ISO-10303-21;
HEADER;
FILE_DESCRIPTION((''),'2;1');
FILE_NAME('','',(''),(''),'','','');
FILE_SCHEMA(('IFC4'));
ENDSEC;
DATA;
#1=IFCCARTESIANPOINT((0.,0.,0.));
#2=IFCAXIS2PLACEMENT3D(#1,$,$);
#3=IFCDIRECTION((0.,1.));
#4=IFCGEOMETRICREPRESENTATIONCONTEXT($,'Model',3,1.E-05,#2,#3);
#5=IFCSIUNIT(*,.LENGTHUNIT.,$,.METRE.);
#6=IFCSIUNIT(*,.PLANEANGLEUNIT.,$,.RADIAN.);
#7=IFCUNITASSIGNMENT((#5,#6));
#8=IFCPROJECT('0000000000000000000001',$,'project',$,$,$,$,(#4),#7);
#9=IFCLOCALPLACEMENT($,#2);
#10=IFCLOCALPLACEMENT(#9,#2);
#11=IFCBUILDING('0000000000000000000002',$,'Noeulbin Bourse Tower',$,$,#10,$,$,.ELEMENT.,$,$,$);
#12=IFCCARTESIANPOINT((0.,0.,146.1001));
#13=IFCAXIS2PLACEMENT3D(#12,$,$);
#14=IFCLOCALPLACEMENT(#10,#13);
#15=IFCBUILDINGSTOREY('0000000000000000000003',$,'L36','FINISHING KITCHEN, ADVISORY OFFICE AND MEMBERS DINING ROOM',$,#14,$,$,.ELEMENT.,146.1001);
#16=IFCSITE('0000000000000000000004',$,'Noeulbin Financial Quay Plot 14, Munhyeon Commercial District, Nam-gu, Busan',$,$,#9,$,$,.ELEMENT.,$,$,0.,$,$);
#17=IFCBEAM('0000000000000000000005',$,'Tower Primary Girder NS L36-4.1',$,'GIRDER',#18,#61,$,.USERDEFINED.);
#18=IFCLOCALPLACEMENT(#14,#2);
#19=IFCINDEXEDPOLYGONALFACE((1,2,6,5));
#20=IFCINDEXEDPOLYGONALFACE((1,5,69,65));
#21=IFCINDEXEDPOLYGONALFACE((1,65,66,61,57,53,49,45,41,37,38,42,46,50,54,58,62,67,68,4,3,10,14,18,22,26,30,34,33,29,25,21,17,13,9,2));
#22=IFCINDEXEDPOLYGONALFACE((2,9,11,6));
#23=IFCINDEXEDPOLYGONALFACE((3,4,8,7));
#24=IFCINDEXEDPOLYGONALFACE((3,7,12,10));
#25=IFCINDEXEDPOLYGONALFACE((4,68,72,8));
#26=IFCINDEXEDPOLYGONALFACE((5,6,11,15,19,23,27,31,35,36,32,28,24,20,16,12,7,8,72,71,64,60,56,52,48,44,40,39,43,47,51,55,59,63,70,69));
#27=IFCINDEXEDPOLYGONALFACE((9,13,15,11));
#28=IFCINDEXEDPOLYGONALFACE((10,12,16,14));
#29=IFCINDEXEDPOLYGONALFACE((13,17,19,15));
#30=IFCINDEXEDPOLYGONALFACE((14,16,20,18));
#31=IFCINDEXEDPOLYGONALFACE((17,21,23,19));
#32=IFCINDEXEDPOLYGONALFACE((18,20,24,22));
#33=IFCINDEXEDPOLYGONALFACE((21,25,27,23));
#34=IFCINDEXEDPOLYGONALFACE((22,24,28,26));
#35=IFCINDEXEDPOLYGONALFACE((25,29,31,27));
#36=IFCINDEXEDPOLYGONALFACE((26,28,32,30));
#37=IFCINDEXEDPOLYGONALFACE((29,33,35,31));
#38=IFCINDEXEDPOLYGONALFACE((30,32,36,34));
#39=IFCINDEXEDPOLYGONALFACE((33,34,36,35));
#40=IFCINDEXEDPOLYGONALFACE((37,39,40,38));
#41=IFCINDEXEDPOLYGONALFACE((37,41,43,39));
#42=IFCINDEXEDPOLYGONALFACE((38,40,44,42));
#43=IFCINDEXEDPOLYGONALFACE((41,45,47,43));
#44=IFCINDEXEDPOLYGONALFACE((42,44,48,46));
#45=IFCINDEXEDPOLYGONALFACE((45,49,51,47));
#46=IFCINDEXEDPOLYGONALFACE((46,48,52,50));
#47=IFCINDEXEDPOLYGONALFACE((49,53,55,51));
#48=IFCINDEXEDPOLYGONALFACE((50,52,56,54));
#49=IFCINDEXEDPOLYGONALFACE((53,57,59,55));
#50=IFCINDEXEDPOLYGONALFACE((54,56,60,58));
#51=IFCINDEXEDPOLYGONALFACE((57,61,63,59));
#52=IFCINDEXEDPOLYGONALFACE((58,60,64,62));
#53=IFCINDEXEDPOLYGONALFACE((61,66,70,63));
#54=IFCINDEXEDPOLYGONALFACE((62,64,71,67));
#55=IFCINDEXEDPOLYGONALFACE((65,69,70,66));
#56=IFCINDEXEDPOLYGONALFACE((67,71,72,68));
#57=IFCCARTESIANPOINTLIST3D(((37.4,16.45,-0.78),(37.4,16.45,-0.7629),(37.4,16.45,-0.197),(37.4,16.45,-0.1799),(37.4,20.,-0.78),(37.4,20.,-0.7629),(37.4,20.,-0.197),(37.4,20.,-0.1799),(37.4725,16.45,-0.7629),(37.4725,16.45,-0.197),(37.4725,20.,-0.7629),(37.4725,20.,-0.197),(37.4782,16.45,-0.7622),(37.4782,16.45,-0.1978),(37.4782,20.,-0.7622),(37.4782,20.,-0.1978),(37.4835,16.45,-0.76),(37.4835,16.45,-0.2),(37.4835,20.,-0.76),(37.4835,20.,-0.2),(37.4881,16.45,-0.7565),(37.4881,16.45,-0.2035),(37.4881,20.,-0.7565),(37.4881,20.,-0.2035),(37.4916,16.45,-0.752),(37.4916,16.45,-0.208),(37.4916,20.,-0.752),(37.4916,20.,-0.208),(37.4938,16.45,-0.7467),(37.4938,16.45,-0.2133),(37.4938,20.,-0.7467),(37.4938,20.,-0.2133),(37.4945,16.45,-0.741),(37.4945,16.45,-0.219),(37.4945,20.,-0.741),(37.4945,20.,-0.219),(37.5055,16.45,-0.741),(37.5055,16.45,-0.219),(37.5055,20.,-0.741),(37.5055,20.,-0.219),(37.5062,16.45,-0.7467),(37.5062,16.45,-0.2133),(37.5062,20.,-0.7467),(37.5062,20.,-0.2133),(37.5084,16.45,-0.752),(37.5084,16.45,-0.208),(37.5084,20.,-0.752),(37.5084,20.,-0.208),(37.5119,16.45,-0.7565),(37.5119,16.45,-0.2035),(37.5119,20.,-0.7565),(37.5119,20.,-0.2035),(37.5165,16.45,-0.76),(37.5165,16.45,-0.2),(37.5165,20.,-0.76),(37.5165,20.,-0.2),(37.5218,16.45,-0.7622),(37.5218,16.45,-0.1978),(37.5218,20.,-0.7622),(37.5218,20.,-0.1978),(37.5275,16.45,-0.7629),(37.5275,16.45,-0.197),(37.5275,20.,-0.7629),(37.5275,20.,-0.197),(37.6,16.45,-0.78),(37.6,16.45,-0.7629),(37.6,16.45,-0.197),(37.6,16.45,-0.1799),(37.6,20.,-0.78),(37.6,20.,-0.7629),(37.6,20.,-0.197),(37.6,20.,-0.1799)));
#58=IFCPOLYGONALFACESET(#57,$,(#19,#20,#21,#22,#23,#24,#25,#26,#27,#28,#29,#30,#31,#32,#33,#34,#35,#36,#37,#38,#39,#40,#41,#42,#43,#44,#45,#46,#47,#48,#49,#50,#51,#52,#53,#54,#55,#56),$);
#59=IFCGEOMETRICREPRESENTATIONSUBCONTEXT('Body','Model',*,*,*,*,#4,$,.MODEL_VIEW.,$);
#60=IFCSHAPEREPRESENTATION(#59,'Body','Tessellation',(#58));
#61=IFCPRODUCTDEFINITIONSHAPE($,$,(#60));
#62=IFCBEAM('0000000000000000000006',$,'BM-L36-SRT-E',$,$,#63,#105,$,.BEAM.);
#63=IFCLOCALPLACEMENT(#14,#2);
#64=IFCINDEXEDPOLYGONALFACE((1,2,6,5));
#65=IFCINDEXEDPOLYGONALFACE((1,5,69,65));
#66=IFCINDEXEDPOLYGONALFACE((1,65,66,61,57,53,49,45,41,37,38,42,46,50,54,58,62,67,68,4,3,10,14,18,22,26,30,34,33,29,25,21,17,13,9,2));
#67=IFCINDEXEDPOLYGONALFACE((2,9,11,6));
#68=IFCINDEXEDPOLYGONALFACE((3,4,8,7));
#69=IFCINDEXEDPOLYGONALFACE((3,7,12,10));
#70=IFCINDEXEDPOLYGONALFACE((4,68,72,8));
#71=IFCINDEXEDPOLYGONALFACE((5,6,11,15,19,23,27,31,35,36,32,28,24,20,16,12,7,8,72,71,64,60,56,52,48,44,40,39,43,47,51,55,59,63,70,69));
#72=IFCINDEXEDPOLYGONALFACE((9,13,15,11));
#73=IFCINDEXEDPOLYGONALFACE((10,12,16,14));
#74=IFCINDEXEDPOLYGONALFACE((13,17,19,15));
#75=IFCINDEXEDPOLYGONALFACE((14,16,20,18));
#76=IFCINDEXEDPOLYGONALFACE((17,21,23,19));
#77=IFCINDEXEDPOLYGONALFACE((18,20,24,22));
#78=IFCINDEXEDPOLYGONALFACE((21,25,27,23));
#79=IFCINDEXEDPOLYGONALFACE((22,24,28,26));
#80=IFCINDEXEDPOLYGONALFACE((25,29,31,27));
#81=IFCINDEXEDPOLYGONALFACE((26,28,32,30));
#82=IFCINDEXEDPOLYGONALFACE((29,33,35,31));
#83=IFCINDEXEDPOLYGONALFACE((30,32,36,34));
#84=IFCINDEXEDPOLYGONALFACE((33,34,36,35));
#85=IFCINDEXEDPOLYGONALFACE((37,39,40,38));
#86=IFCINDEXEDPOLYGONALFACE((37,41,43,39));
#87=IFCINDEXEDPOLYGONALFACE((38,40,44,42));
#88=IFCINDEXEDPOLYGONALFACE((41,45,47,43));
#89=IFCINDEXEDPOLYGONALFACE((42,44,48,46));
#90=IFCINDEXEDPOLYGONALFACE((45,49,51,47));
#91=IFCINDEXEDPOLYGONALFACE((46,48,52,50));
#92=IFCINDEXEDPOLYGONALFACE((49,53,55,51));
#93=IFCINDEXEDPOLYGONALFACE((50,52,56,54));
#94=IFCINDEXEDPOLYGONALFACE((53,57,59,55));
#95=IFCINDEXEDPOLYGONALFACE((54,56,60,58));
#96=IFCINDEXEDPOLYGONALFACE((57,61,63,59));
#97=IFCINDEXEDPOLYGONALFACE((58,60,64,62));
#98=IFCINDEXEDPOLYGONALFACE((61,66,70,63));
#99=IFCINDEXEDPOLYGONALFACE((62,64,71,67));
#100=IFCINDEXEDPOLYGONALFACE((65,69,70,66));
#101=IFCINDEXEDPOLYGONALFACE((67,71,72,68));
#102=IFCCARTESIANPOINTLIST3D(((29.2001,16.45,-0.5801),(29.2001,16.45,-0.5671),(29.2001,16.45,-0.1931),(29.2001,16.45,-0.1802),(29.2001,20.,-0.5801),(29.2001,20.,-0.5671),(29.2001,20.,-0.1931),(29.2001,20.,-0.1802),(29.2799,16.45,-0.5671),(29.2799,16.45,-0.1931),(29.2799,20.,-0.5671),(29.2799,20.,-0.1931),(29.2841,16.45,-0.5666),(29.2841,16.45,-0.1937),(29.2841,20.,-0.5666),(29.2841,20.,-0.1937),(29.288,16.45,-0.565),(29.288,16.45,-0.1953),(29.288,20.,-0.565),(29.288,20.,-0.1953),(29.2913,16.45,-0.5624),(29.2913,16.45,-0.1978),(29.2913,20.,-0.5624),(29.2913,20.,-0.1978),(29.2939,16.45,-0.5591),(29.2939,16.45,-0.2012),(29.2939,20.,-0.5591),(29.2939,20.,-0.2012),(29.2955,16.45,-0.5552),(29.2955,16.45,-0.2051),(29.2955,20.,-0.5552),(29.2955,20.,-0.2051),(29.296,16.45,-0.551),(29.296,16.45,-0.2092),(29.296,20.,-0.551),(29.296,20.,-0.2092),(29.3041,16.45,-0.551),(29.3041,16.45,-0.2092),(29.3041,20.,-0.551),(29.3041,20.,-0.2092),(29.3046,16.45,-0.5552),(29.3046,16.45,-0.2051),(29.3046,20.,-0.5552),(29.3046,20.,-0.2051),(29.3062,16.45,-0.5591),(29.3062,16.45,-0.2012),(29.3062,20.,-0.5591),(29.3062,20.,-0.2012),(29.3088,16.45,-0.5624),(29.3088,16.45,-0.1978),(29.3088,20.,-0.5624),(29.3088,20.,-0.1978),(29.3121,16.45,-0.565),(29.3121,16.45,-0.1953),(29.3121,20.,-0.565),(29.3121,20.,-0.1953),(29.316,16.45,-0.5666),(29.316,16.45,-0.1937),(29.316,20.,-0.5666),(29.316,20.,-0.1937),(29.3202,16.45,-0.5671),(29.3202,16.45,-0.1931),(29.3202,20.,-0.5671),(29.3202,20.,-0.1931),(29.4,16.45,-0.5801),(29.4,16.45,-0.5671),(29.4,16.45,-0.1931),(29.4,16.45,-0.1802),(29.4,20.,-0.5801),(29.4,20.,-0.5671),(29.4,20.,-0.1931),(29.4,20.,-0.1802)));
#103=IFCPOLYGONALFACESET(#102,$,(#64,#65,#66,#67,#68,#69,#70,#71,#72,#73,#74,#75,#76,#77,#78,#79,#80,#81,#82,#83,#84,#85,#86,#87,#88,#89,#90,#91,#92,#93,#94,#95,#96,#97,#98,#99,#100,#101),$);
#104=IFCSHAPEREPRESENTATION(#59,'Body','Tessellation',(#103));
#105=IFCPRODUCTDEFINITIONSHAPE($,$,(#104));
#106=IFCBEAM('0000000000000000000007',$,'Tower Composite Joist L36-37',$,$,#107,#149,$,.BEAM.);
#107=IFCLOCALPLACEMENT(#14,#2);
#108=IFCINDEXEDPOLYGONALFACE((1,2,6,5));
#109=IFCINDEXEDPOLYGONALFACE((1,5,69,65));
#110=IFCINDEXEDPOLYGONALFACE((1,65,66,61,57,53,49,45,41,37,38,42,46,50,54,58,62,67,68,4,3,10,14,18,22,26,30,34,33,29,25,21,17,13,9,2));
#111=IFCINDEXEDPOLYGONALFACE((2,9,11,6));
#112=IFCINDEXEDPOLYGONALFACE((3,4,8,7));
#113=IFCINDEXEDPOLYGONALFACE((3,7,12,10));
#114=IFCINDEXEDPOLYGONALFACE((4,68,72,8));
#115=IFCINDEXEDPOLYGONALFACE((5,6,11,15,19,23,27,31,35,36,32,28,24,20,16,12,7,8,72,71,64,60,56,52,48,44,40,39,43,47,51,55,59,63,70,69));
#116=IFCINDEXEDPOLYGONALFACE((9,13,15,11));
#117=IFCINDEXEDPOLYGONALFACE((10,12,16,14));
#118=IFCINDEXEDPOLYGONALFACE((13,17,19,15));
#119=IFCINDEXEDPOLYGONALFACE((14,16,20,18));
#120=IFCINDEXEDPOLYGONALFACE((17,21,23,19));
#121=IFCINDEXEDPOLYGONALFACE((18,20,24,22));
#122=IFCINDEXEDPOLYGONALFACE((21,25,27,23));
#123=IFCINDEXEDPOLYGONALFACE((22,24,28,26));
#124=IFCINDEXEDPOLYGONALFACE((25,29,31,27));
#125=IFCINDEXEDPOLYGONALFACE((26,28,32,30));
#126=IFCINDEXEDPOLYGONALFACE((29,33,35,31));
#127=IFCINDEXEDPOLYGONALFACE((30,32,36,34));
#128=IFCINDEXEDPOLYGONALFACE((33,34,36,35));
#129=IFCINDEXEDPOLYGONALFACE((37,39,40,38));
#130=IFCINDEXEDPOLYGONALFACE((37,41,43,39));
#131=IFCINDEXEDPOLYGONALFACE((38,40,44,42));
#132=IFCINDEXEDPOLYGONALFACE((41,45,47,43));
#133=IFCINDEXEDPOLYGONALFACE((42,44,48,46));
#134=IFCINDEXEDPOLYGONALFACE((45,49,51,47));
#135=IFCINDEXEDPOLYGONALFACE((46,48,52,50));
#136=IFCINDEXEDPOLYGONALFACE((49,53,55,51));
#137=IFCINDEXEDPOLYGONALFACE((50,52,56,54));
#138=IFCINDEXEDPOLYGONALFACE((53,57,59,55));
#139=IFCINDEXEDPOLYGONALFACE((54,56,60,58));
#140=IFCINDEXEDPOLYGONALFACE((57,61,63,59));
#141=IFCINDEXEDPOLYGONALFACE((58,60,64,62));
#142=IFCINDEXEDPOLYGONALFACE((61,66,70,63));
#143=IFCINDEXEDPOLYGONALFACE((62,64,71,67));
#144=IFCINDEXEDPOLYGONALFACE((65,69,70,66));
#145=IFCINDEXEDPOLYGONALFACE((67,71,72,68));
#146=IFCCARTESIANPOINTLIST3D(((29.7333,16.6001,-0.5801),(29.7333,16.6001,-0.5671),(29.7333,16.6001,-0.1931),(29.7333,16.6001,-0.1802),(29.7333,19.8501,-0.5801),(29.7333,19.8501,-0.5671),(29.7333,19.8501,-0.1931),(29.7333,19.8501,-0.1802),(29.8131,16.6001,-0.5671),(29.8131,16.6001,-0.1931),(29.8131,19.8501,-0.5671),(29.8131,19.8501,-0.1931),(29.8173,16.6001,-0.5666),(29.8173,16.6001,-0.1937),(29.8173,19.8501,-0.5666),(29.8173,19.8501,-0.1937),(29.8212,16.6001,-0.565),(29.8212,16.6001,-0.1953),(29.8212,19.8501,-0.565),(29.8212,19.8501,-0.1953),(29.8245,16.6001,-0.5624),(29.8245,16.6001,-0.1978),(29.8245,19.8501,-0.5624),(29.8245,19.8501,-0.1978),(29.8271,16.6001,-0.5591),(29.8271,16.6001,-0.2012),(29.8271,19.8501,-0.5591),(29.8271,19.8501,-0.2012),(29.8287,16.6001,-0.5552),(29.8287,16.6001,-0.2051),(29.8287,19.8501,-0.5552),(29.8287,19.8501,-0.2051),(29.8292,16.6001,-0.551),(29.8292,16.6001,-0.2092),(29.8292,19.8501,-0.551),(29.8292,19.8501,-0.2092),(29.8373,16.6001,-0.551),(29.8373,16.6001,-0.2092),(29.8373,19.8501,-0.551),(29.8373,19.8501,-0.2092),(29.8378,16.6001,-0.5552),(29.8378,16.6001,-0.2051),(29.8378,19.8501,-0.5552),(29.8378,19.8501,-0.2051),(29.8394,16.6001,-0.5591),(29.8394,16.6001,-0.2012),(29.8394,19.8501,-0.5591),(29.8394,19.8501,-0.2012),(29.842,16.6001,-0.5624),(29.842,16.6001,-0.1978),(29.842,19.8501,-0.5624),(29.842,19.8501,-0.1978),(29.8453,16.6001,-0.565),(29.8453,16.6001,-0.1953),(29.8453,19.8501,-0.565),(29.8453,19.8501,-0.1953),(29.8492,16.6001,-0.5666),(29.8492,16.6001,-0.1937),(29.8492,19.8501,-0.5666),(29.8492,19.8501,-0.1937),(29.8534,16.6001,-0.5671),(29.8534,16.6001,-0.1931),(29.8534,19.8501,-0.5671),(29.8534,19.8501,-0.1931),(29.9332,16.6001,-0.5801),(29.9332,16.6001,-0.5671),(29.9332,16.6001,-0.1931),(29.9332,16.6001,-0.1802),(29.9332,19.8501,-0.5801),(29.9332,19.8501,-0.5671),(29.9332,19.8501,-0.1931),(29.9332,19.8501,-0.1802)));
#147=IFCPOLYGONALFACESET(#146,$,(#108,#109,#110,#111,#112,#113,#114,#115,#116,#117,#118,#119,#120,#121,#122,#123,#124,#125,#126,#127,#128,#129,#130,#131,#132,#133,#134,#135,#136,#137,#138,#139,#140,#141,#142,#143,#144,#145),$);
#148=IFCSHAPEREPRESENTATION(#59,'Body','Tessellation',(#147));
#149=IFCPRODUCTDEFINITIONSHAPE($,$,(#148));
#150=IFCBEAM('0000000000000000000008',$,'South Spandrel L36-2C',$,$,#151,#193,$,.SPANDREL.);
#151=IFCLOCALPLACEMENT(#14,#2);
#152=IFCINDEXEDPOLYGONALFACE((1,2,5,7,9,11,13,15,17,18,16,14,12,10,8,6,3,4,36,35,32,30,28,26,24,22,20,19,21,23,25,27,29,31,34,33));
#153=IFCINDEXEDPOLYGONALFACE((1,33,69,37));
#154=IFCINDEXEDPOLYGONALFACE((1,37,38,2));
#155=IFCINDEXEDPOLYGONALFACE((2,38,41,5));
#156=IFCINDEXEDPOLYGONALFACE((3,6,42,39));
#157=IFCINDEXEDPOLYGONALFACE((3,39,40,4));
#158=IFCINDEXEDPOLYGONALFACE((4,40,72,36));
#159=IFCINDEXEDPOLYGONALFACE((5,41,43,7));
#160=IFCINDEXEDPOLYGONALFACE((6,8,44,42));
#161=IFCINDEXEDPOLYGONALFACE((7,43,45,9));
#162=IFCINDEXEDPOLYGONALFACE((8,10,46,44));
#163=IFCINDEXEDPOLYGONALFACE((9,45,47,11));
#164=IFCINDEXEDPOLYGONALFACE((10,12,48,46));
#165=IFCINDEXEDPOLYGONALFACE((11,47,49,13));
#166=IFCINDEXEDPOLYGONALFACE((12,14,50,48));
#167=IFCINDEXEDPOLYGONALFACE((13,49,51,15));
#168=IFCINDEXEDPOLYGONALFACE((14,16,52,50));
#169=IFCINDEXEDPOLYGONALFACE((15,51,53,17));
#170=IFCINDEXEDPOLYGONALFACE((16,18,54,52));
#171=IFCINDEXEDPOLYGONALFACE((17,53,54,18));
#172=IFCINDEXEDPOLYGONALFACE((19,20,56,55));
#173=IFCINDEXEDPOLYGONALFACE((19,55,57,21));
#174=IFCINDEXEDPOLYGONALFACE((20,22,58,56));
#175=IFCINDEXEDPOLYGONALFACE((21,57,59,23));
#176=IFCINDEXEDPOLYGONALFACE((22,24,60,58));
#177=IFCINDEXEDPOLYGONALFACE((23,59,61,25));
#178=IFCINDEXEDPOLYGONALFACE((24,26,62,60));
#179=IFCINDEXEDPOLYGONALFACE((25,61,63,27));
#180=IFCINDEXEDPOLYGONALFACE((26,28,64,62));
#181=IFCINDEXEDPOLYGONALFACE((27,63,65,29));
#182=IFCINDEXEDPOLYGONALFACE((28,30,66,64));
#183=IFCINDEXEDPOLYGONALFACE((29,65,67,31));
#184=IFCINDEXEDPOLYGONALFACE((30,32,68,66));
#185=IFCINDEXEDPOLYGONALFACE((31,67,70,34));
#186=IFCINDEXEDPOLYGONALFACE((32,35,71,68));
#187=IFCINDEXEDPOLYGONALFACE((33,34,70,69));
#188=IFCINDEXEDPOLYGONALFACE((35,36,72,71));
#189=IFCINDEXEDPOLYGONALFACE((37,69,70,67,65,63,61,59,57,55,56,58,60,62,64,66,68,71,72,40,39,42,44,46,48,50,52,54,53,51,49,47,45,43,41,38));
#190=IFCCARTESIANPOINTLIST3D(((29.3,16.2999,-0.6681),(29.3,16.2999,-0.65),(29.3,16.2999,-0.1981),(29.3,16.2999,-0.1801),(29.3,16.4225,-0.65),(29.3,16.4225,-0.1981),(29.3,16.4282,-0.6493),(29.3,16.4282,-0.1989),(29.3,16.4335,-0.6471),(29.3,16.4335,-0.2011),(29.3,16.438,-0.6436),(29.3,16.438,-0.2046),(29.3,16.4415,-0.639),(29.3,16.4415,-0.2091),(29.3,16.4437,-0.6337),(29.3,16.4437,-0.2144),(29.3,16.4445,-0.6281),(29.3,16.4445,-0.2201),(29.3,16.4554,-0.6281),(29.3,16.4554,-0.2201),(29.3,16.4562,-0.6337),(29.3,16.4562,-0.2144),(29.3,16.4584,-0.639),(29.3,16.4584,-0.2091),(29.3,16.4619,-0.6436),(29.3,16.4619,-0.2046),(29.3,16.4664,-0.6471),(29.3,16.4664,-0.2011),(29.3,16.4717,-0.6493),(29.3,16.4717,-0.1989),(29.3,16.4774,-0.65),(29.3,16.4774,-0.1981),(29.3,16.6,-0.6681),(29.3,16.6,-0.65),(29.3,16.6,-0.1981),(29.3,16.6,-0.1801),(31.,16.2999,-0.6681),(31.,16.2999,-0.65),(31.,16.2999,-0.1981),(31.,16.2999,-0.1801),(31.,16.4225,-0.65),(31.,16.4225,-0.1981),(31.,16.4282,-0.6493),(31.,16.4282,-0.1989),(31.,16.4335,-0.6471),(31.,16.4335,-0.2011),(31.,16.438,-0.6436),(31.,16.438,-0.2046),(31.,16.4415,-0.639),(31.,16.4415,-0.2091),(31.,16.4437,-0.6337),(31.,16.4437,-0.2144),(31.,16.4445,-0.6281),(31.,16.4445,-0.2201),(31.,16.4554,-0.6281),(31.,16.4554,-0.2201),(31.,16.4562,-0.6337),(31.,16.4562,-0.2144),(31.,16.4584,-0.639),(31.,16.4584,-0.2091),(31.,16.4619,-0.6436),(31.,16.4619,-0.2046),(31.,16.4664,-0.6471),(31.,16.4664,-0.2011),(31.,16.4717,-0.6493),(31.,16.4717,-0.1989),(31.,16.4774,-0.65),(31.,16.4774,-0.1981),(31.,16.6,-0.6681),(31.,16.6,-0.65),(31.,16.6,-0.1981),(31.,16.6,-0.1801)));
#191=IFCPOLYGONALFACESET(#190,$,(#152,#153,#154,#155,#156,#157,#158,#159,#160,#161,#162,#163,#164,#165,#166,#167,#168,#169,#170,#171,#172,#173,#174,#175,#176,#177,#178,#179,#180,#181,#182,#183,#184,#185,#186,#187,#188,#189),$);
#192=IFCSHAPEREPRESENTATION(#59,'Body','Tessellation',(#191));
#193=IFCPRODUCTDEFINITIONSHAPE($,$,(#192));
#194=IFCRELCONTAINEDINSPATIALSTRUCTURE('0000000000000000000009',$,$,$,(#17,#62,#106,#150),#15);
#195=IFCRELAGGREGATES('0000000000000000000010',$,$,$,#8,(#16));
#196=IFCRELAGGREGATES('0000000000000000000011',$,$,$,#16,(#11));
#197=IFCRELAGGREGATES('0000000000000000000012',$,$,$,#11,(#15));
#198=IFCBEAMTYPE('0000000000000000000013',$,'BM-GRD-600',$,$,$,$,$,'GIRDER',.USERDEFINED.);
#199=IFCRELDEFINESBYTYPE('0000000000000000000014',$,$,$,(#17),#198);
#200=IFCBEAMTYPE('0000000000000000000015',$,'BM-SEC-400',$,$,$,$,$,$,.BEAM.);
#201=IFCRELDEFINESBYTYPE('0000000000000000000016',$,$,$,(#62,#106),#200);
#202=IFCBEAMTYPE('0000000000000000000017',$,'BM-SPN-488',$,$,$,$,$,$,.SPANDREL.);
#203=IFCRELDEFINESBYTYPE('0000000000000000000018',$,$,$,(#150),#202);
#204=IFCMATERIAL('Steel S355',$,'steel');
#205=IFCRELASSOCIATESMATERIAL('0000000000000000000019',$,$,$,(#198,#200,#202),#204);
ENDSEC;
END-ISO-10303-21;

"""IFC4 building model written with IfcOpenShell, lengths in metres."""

from ifc_helpers import new_model, si_unit, direction, frame, origin, origin_2d, place, context, subcontext, project, spatial, i_section, extrude, material, material_profile, profile_set, type_object, element, save


model = new_model("IFC4")

# Units and contexts
model_context = context("Model", 3, precision=1e-05, world=origin(), true_north=direction((0.0, 1.0)))
body_context = subcontext(model_context, "Body", "Model", "MODEL_VIEW")
ifc_project = project(units=[si_unit("LENGTHUNIT", "METRE"), si_unit("PLANEANGLEUNIT", "RADIAN")], contexts=[model_context])

# Site, building, storey
site_placement = place(None, origin())
site = spatial("IfcSite", under=ifc_project, at=site_placement, Name="Noeulbin Financial Quay Plot 14, Munhyeon Commercial District, Nam-gu, Busan", CompositionType="ELEMENT", RefElevation=0.0)
building_placement = place(site_placement, origin())
building = spatial("IfcBuilding", under=site, at=building_placement, Name="Noeulbin Bourse Tower", CompositionType="ELEMENT")
storey_placement = place(building_placement, frame((0.0, 0.0, 146.1001)))
storey = spatial("IfcBuildingStorey", under=building, at=storey_placement, Name="L36", Description="FINISHING KITCHEN, ADVISORY OFFICE AND MEMBERS DINING ROOM", CompositionType="ELEMENT", Elevation=146.1001)

# Shared definitions
ifc_material_1 = material(Name="Steel S355", Category="steel")

# Beams
ifc_material_profile_1 = material_profile(ifc_material_1, i_section(OverallWidth=0.2, OverallDepth=0.6001, WebThickness=0.011, FlangeThickness=0.0171, FilletRadius=0.022, at=origin_2d()), Name="H-600x200x11x17", Category="LoadBearing")
ifc_profile_set_1 = profile_set([ifc_material_profile_1], Name="Steel S355")
beam_type_1 = type_object("IfcBeamType", Name="BM-GRD-600", ElementType="GIRDER", PredefinedType="USERDEFINED", material=ifc_profile_set_1)
for number, where, z_axis, x_axis, name in (
    (1, (37.5, 16.45, -0.48), (0.0, 1.0, 0.0), (-1.0, 0.0, 0.0), "Tower Primary Girder NS L36-4.1"),
):
    element("IfcBeam", number, at=place(storey_placement, frame(where, z_axis=z_axis, x_axis=x_axis)), inside=storey, type_object=beam_type_1, Name=name, ObjectType="GIRDER", PredefinedType="USERDEFINED", context=body_context, shape_type="SweptSolid", body=[
        extrude(i_section(OverallWidth=0.2, OverallDepth=0.6001, WebThickness=0.011, FlangeThickness=0.0171, FilletRadius=0.022, at=origin_2d()), origin(), (0.0, 0.0, 1.0), 3.55),
    ])
ifc_material_profile_2 = material_profile(ifc_material_1, i_section(OverallWidth=0.2, OverallDepth=0.3999, WebThickness=0.0081, FlangeThickness=0.0129, FilletRadius=0.0161, at=origin_2d()), Name="H-400x200x8x13", Category="LoadBearing")
ifc_profile_set_2 = profile_set([ifc_material_profile_2], Name="Steel S355")
beam_type_2 = type_object("IfcBeamType", Name="BM-SEC-400", PredefinedType="BEAM", material=ifc_profile_set_2)
beam_1_placement = place(storey_placement, frame((29.3, 16.45, -0.3801), z_axis=(0.0, 1.0, 0.0), x_axis=(-1.0, 0.0, 0.0)))
element("IfcBeam", 2, at=beam_1_placement, inside=storey, type_object=beam_type_2, Name="BM-L36-SRT-E", PredefinedType="BEAM", context=body_context, shape_type="SweptSolid", body=[
    extrude(i_section(OverallWidth=0.2, OverallDepth=0.3999, WebThickness=0.0081, FlangeThickness=0.0129, FilletRadius=0.0161, at=origin_2d()), origin(), (0.0, 0.0, 1.0), 3.55),
])
beam_2_placement = place(storey_placement, frame((29.8333, 16.6001, -0.3801), z_axis=(0.0, 1.0, 0.0), x_axis=(-1.0, 0.0, 0.0)))
element("IfcBeam", 3, at=beam_2_placement, inside=storey, type_object=beam_type_2, Name="Tower Composite Joist L36-37", PredefinedType="BEAM", context=body_context, shape_type="SweptSolid", body=[
    extrude(i_section(OverallWidth=0.2, OverallDepth=0.3999, WebThickness=0.0081, FlangeThickness=0.0129, FilletRadius=0.0161, at=origin_2d()), origin(), (0.0, 0.0, 1.0), 3.25),
])
ifc_material_profile_3 = material_profile(ifc_material_1, i_section(OverallWidth=0.3, OverallDepth=0.488, WebThickness=0.011, FlangeThickness=0.0181, FilletRadius=0.022, at=origin_2d()), Name="H-488x300x11x18", Category="LoadBearing")
ifc_profile_set_3 = profile_set([ifc_material_profile_3], Name="Steel S355")
beam_type_3 = type_object("IfcBeamType", Name="BM-SPN-488", PredefinedType="SPANDREL", material=ifc_profile_set_3)
beam_3_placement = place(storey_placement, frame((29.3, 16.45, -0.4241), z_axis=(1.0, 0.0, 0.0), x_axis=(0.0, 1.0, 0.0)))
element("IfcBeam", 4, at=beam_3_placement, inside=storey, type_object=beam_type_3, Name="South Spandrel L36-2C", PredefinedType="SPANDREL", context=body_context, shape_type="SweptSolid", body=[
    extrude(i_section(OverallWidth=0.3, OverallDepth=0.488, WebThickness=0.011, FlangeThickness=0.0181, FilletRadius=0.022, at=origin_2d()), origin(), (0.0, 0.0, 1.0), 1.7),
])

save(model, "model.ifc")
